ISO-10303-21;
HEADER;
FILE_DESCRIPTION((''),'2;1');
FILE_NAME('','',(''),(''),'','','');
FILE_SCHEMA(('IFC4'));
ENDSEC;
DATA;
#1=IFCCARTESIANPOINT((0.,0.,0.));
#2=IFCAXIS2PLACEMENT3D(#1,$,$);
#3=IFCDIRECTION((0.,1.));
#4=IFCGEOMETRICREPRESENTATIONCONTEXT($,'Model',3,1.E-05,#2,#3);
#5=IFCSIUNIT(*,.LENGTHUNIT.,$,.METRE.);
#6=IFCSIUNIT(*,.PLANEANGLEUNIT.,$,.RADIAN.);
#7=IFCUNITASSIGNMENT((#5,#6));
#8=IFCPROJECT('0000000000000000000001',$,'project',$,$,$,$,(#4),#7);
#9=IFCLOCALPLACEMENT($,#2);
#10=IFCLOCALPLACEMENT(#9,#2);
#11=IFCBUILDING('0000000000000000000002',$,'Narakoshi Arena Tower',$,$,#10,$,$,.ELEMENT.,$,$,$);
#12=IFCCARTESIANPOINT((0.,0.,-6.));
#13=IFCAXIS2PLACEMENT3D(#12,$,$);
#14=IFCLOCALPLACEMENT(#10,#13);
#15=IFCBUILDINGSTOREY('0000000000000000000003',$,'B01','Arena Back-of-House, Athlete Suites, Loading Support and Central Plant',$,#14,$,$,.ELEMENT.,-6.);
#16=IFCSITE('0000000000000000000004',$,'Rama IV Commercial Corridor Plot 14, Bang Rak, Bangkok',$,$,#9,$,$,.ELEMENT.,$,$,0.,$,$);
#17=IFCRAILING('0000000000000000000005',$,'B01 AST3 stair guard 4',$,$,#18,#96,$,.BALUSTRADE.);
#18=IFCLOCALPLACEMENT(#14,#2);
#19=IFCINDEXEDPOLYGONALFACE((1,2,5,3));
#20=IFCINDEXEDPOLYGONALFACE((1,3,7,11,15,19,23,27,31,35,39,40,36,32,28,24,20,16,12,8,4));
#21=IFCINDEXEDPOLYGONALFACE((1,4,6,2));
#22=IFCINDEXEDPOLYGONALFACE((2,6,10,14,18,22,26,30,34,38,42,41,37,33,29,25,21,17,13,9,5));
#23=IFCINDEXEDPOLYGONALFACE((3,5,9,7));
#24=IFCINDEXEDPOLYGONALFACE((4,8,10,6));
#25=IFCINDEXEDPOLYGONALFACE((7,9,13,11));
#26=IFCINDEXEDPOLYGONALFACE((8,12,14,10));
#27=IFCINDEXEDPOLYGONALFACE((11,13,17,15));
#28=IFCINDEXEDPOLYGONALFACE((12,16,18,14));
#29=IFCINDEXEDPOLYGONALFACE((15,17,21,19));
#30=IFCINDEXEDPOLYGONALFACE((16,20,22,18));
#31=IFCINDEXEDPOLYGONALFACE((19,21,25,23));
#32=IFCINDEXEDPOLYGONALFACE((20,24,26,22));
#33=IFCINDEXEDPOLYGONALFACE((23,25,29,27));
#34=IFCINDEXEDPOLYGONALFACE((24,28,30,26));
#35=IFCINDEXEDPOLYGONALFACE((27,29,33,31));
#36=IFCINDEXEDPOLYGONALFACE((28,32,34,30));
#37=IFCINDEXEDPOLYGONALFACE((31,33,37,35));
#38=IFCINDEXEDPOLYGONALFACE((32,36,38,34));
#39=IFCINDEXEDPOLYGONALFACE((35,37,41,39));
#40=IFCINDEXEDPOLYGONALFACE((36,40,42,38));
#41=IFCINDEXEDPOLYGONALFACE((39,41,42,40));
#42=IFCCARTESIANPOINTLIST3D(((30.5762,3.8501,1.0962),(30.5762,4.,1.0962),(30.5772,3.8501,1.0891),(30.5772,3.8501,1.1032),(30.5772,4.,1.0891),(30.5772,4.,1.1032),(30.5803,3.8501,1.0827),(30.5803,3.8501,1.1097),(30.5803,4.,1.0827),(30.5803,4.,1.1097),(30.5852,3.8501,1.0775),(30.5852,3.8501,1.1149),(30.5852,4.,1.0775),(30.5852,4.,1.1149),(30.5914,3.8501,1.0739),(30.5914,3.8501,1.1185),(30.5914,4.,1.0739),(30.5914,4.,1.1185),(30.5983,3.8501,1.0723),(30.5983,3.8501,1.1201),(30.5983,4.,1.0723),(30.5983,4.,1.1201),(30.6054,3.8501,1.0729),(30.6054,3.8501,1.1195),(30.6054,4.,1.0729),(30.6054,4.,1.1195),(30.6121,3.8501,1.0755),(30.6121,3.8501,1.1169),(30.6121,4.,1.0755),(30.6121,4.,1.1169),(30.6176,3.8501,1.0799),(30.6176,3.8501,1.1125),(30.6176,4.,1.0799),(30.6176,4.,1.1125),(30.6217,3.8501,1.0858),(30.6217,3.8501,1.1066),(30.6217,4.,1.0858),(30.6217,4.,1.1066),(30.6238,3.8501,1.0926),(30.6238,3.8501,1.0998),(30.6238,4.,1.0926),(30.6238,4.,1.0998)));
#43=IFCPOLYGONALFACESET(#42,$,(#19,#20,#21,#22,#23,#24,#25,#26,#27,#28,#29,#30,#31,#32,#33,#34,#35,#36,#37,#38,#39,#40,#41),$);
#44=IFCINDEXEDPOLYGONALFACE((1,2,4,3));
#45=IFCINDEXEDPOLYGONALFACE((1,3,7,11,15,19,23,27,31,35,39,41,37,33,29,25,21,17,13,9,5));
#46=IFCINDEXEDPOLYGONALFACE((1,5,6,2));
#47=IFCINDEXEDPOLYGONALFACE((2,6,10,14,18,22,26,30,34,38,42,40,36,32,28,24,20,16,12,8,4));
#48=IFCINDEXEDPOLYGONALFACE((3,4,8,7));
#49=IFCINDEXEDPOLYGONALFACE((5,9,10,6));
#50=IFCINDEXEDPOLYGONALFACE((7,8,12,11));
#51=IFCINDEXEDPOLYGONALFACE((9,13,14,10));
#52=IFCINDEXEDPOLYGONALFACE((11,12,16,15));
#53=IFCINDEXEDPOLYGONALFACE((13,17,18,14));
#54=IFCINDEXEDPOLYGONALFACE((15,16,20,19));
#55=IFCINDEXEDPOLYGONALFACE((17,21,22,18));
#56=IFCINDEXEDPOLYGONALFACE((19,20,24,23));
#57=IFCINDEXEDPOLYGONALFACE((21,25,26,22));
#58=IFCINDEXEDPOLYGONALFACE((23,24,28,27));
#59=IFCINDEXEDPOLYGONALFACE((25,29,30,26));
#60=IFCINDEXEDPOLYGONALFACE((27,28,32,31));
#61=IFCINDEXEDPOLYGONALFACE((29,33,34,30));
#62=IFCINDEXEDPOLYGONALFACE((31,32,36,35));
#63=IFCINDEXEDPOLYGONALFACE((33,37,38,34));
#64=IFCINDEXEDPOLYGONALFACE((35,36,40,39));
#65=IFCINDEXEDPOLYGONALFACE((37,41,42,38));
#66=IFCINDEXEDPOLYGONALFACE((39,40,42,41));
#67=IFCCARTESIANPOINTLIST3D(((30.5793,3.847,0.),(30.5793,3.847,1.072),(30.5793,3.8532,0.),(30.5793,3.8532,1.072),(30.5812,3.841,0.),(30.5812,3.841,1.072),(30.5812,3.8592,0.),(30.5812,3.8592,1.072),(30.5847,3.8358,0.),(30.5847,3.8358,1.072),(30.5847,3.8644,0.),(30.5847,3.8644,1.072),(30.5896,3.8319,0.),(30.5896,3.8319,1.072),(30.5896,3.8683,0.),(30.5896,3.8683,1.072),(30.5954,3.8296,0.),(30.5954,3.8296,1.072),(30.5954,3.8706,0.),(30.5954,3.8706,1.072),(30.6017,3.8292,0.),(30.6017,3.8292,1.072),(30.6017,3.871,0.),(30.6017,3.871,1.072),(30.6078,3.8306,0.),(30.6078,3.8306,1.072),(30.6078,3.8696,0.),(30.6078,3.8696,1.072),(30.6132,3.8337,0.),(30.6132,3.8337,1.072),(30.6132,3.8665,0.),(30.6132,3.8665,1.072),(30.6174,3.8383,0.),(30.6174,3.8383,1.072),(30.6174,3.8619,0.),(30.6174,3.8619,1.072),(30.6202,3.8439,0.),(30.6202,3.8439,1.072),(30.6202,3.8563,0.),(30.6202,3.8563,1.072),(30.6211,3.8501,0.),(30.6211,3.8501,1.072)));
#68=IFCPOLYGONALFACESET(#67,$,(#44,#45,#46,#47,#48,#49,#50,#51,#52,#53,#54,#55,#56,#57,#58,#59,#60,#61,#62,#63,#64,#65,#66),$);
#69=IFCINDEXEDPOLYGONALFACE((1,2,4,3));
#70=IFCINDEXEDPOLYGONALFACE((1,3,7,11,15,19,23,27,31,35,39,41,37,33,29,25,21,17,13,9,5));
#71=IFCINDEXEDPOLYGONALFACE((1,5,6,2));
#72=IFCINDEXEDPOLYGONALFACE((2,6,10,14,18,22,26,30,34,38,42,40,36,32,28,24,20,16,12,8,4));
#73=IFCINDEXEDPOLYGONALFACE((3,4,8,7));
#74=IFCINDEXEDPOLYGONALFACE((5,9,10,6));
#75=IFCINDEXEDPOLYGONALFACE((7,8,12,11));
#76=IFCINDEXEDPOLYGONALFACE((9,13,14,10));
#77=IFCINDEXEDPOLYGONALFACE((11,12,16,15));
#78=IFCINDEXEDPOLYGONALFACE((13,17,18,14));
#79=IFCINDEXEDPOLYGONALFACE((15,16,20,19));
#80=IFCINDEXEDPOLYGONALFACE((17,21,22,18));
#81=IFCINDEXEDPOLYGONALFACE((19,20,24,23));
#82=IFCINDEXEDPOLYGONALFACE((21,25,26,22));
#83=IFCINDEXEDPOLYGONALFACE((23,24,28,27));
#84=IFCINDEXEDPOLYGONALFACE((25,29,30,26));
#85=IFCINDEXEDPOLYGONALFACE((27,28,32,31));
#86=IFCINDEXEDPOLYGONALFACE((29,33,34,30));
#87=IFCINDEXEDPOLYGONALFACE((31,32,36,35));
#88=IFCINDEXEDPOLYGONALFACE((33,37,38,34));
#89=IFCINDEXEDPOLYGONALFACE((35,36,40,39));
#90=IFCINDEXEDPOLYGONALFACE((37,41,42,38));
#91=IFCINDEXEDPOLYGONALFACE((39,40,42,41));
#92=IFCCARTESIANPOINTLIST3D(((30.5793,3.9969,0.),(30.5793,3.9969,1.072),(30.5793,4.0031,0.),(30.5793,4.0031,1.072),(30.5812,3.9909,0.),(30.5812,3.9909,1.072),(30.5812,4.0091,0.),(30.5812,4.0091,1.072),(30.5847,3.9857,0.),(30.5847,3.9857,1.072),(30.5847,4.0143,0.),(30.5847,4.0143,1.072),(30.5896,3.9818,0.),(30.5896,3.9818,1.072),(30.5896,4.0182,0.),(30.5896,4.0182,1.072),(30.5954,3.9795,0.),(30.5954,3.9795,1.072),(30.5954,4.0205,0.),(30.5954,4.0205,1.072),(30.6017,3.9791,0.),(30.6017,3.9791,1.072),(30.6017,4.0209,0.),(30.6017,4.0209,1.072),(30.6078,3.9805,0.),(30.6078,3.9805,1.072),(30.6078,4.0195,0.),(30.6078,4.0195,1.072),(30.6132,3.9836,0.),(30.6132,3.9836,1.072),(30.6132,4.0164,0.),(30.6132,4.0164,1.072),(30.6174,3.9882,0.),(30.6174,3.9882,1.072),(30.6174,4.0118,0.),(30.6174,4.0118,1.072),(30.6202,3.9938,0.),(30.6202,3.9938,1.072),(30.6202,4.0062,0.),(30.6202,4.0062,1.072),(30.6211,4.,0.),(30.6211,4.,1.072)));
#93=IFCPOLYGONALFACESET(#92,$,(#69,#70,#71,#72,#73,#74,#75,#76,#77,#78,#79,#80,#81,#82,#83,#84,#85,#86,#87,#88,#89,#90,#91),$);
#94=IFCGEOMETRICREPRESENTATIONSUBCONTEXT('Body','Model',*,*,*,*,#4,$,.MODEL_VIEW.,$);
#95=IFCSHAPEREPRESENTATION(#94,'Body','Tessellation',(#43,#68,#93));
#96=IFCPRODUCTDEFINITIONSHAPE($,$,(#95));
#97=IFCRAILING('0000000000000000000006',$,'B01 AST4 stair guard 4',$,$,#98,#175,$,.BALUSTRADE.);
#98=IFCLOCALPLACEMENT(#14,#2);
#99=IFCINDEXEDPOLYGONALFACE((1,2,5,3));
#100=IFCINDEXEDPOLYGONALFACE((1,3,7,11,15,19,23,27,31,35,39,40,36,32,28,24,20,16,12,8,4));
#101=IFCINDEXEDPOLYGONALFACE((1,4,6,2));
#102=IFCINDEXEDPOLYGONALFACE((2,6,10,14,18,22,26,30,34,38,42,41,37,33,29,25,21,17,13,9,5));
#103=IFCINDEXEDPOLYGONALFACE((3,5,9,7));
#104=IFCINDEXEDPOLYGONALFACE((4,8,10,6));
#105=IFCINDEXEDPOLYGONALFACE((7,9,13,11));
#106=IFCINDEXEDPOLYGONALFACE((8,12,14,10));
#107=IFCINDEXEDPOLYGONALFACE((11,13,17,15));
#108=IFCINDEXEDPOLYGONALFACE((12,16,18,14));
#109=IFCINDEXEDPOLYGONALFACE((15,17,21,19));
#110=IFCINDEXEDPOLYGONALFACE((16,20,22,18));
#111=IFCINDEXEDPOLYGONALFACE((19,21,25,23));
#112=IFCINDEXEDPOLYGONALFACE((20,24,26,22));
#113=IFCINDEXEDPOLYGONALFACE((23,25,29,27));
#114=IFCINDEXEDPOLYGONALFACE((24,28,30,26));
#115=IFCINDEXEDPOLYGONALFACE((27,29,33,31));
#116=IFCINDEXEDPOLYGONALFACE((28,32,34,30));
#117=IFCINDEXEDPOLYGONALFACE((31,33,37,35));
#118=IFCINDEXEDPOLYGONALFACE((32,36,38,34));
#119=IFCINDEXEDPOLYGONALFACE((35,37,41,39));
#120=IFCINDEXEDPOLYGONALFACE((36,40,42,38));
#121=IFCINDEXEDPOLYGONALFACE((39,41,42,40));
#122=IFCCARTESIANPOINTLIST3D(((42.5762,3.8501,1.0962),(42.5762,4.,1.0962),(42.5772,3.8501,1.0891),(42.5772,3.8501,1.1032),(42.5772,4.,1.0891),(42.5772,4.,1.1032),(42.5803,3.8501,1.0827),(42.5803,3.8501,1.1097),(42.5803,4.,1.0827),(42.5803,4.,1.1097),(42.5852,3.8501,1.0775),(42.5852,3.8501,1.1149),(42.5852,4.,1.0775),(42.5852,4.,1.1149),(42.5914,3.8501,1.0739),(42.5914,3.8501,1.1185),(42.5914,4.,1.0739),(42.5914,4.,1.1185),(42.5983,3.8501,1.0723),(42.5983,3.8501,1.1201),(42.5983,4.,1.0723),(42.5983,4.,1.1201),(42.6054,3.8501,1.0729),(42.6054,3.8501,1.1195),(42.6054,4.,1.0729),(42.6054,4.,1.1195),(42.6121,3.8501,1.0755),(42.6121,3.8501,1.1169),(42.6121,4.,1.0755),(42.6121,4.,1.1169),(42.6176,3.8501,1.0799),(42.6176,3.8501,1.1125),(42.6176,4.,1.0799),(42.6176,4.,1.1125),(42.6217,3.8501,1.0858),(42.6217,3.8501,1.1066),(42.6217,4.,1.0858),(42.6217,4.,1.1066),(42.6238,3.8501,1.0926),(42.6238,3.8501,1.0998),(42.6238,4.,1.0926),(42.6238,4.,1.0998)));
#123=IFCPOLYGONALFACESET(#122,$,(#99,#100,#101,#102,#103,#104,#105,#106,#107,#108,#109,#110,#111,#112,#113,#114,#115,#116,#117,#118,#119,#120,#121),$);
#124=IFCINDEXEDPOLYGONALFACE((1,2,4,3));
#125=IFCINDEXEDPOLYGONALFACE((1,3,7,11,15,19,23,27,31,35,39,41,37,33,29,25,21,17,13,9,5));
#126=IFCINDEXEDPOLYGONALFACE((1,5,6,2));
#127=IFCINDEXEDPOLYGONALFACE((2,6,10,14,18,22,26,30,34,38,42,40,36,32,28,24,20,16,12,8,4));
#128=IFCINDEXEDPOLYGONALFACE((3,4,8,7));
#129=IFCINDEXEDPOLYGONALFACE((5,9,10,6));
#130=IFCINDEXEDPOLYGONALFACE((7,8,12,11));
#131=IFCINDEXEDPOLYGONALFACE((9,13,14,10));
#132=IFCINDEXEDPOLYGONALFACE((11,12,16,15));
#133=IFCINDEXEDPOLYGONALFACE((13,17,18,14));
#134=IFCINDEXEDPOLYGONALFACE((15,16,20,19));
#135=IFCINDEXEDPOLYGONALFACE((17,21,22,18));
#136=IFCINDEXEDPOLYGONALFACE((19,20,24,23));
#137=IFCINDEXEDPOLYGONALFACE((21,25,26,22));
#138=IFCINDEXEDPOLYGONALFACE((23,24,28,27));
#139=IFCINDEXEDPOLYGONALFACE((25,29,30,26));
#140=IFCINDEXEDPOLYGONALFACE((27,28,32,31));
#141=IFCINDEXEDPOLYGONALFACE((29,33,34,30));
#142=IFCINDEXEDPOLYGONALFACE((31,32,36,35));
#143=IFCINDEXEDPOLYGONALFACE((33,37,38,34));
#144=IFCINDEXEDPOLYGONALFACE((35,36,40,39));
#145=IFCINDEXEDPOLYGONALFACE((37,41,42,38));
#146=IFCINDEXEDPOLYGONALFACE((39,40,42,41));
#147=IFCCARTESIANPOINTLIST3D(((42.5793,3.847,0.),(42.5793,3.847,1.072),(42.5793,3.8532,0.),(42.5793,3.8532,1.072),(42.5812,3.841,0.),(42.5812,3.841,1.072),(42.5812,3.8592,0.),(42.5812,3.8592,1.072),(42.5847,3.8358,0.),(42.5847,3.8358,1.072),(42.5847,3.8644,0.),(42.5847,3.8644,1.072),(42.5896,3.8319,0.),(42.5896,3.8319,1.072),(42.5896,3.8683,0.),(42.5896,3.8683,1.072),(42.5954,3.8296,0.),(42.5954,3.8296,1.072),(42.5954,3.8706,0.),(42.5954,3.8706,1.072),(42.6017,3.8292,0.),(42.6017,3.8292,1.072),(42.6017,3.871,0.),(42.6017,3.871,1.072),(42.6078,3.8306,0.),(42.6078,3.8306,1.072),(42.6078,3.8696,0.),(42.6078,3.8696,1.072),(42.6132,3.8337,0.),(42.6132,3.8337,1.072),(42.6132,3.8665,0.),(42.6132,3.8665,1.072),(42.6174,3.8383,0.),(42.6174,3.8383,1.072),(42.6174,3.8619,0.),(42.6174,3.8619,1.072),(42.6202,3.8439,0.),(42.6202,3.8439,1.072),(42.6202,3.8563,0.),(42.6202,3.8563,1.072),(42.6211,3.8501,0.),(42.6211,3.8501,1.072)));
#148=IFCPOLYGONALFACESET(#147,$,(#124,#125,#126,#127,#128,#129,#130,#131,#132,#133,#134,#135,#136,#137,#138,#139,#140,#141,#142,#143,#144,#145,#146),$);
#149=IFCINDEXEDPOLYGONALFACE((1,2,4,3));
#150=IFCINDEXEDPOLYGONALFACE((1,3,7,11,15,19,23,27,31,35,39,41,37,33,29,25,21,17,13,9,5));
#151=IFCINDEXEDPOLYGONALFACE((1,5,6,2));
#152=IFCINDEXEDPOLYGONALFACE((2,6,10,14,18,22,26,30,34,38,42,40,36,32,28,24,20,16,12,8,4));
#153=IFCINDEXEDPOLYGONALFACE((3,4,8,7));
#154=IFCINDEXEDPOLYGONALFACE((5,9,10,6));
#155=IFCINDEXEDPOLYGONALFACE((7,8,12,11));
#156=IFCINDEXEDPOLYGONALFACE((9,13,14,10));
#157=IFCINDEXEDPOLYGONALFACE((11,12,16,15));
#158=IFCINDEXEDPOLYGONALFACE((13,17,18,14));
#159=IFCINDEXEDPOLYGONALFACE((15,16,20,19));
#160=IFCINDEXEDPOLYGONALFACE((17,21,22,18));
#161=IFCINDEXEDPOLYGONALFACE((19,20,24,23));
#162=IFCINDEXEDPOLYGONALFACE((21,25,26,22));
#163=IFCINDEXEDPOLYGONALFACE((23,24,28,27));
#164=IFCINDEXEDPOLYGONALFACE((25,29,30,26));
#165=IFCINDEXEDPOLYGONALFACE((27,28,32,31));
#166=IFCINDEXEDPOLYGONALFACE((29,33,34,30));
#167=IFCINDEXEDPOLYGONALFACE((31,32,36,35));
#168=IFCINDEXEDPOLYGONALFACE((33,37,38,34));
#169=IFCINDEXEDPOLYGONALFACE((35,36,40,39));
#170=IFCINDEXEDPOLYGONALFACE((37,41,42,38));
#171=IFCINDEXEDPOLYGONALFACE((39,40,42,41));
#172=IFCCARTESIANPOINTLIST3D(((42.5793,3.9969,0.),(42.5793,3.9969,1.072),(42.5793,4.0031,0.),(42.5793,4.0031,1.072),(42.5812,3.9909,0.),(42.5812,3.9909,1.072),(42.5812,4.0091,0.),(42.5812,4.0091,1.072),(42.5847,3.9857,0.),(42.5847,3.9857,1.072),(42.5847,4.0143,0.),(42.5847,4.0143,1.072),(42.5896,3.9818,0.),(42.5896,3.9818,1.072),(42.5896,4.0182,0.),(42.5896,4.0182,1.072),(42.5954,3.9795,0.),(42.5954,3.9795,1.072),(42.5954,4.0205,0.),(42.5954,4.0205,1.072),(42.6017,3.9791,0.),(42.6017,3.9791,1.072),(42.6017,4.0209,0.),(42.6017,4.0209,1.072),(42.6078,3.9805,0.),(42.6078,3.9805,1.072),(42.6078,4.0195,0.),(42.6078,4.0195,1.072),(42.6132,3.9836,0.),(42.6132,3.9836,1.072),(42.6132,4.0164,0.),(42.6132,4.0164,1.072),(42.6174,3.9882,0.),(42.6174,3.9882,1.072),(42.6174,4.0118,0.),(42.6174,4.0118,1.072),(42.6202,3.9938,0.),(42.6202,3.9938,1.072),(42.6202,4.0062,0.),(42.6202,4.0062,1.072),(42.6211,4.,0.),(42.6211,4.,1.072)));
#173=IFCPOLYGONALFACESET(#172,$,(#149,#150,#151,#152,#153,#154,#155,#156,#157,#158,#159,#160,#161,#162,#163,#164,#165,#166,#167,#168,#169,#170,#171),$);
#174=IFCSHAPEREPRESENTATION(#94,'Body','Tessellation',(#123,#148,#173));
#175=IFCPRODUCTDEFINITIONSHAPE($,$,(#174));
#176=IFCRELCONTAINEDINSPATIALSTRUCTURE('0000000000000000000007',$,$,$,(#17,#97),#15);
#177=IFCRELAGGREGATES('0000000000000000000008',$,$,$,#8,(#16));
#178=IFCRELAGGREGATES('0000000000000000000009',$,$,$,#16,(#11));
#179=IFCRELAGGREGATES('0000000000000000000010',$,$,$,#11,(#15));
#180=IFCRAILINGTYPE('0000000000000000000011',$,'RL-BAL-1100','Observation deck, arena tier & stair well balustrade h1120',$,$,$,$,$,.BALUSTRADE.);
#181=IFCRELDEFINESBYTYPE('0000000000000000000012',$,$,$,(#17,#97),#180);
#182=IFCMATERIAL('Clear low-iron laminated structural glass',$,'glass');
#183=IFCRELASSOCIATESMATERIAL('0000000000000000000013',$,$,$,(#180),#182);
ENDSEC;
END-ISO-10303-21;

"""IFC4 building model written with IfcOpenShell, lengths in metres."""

from ifc_helpers import new_model, si_unit, direction, frame, origin, origin_2d, place, context, subcontext, project, spatial, circle, extrude, material, type_object, element, save


model = new_model("IFC4")

# Units and contexts
model_context = context("Model", 3, precision=1e-05, world=origin(), true_north=direction((0.0, 1.0)))
body_context = subcontext(model_context, "Body", "Model", "MODEL_VIEW")
ifc_project = project(units=[si_unit("LENGTHUNIT", "METRE"), si_unit("PLANEANGLEUNIT", "RADIAN")], contexts=[model_context])

# Site, building, storey
site_placement = place(None, origin())
site = spatial("IfcSite", under=ifc_project, at=site_placement, Name="Rama IV Commercial Corridor Plot 14, Bang Rak, Bangkok", CompositionType="ELEMENT", RefElevation=0.0)
building_placement = place(site_placement, origin())
building = spatial("IfcBuilding", under=site, at=building_placement, Name="Narakoshi Arena Tower", CompositionType="ELEMENT")
storey_placement = place(building_placement, frame((0.0, 0.0, -6.0)))
storey = spatial("IfcBuildingStorey", under=building, at=storey_placement, Name="B01", Description="Arena Back-of-House, Athlete Suites, Loading Support and Central Plant", CompositionType="ELEMENT", Elevation=-6.0)

# Railings
ifc_material_1 = material(Name="Clear low-iron laminated structural glass", Category="glass")
railing_type_1 = type_object("IfcRailingType", Name="RL-BAL-1100", Description="Observation deck, arena tier & stair well balustrade h1120", PredefinedType="BALUSTRADE", material=ifc_material_1)
for number, where, name in (
    (1, (30.6001, 3.8501, 0.0), "B01 AST3 stair guard 4"),
    (2, (42.6001, 3.8501, 0.0), "B01 AST4 stair guard 4"),
):
    element("IfcRailing", number, at=place(storey_placement, frame(where)), inside=storey, type_object=railing_type_1, Name=name, PredefinedType="BALUSTRADE", context=body_context, shape_type="SweptSolid", body=[
        extrude(circle(Radius=0.0239, at=origin_2d()), frame((0.0, 0.0, 1.0962), z_axis=(0.0, 1.0, 0.0), x_axis=(-1.0, 0.0, 0.0)), (0.0, 0.0, 1.0), 0.1499),
        extrude(circle(Radius=0.021, at=origin_2d()), origin(), (0.0, 0.0, 1.0), 1.072),
        extrude(circle(Radius=0.021, at=origin_2d()), frame((0.0, 0.1499, 0.0)), (0.0, 0.0, 1.0), 1.072),
    ])

save(model, "model.ifc")
